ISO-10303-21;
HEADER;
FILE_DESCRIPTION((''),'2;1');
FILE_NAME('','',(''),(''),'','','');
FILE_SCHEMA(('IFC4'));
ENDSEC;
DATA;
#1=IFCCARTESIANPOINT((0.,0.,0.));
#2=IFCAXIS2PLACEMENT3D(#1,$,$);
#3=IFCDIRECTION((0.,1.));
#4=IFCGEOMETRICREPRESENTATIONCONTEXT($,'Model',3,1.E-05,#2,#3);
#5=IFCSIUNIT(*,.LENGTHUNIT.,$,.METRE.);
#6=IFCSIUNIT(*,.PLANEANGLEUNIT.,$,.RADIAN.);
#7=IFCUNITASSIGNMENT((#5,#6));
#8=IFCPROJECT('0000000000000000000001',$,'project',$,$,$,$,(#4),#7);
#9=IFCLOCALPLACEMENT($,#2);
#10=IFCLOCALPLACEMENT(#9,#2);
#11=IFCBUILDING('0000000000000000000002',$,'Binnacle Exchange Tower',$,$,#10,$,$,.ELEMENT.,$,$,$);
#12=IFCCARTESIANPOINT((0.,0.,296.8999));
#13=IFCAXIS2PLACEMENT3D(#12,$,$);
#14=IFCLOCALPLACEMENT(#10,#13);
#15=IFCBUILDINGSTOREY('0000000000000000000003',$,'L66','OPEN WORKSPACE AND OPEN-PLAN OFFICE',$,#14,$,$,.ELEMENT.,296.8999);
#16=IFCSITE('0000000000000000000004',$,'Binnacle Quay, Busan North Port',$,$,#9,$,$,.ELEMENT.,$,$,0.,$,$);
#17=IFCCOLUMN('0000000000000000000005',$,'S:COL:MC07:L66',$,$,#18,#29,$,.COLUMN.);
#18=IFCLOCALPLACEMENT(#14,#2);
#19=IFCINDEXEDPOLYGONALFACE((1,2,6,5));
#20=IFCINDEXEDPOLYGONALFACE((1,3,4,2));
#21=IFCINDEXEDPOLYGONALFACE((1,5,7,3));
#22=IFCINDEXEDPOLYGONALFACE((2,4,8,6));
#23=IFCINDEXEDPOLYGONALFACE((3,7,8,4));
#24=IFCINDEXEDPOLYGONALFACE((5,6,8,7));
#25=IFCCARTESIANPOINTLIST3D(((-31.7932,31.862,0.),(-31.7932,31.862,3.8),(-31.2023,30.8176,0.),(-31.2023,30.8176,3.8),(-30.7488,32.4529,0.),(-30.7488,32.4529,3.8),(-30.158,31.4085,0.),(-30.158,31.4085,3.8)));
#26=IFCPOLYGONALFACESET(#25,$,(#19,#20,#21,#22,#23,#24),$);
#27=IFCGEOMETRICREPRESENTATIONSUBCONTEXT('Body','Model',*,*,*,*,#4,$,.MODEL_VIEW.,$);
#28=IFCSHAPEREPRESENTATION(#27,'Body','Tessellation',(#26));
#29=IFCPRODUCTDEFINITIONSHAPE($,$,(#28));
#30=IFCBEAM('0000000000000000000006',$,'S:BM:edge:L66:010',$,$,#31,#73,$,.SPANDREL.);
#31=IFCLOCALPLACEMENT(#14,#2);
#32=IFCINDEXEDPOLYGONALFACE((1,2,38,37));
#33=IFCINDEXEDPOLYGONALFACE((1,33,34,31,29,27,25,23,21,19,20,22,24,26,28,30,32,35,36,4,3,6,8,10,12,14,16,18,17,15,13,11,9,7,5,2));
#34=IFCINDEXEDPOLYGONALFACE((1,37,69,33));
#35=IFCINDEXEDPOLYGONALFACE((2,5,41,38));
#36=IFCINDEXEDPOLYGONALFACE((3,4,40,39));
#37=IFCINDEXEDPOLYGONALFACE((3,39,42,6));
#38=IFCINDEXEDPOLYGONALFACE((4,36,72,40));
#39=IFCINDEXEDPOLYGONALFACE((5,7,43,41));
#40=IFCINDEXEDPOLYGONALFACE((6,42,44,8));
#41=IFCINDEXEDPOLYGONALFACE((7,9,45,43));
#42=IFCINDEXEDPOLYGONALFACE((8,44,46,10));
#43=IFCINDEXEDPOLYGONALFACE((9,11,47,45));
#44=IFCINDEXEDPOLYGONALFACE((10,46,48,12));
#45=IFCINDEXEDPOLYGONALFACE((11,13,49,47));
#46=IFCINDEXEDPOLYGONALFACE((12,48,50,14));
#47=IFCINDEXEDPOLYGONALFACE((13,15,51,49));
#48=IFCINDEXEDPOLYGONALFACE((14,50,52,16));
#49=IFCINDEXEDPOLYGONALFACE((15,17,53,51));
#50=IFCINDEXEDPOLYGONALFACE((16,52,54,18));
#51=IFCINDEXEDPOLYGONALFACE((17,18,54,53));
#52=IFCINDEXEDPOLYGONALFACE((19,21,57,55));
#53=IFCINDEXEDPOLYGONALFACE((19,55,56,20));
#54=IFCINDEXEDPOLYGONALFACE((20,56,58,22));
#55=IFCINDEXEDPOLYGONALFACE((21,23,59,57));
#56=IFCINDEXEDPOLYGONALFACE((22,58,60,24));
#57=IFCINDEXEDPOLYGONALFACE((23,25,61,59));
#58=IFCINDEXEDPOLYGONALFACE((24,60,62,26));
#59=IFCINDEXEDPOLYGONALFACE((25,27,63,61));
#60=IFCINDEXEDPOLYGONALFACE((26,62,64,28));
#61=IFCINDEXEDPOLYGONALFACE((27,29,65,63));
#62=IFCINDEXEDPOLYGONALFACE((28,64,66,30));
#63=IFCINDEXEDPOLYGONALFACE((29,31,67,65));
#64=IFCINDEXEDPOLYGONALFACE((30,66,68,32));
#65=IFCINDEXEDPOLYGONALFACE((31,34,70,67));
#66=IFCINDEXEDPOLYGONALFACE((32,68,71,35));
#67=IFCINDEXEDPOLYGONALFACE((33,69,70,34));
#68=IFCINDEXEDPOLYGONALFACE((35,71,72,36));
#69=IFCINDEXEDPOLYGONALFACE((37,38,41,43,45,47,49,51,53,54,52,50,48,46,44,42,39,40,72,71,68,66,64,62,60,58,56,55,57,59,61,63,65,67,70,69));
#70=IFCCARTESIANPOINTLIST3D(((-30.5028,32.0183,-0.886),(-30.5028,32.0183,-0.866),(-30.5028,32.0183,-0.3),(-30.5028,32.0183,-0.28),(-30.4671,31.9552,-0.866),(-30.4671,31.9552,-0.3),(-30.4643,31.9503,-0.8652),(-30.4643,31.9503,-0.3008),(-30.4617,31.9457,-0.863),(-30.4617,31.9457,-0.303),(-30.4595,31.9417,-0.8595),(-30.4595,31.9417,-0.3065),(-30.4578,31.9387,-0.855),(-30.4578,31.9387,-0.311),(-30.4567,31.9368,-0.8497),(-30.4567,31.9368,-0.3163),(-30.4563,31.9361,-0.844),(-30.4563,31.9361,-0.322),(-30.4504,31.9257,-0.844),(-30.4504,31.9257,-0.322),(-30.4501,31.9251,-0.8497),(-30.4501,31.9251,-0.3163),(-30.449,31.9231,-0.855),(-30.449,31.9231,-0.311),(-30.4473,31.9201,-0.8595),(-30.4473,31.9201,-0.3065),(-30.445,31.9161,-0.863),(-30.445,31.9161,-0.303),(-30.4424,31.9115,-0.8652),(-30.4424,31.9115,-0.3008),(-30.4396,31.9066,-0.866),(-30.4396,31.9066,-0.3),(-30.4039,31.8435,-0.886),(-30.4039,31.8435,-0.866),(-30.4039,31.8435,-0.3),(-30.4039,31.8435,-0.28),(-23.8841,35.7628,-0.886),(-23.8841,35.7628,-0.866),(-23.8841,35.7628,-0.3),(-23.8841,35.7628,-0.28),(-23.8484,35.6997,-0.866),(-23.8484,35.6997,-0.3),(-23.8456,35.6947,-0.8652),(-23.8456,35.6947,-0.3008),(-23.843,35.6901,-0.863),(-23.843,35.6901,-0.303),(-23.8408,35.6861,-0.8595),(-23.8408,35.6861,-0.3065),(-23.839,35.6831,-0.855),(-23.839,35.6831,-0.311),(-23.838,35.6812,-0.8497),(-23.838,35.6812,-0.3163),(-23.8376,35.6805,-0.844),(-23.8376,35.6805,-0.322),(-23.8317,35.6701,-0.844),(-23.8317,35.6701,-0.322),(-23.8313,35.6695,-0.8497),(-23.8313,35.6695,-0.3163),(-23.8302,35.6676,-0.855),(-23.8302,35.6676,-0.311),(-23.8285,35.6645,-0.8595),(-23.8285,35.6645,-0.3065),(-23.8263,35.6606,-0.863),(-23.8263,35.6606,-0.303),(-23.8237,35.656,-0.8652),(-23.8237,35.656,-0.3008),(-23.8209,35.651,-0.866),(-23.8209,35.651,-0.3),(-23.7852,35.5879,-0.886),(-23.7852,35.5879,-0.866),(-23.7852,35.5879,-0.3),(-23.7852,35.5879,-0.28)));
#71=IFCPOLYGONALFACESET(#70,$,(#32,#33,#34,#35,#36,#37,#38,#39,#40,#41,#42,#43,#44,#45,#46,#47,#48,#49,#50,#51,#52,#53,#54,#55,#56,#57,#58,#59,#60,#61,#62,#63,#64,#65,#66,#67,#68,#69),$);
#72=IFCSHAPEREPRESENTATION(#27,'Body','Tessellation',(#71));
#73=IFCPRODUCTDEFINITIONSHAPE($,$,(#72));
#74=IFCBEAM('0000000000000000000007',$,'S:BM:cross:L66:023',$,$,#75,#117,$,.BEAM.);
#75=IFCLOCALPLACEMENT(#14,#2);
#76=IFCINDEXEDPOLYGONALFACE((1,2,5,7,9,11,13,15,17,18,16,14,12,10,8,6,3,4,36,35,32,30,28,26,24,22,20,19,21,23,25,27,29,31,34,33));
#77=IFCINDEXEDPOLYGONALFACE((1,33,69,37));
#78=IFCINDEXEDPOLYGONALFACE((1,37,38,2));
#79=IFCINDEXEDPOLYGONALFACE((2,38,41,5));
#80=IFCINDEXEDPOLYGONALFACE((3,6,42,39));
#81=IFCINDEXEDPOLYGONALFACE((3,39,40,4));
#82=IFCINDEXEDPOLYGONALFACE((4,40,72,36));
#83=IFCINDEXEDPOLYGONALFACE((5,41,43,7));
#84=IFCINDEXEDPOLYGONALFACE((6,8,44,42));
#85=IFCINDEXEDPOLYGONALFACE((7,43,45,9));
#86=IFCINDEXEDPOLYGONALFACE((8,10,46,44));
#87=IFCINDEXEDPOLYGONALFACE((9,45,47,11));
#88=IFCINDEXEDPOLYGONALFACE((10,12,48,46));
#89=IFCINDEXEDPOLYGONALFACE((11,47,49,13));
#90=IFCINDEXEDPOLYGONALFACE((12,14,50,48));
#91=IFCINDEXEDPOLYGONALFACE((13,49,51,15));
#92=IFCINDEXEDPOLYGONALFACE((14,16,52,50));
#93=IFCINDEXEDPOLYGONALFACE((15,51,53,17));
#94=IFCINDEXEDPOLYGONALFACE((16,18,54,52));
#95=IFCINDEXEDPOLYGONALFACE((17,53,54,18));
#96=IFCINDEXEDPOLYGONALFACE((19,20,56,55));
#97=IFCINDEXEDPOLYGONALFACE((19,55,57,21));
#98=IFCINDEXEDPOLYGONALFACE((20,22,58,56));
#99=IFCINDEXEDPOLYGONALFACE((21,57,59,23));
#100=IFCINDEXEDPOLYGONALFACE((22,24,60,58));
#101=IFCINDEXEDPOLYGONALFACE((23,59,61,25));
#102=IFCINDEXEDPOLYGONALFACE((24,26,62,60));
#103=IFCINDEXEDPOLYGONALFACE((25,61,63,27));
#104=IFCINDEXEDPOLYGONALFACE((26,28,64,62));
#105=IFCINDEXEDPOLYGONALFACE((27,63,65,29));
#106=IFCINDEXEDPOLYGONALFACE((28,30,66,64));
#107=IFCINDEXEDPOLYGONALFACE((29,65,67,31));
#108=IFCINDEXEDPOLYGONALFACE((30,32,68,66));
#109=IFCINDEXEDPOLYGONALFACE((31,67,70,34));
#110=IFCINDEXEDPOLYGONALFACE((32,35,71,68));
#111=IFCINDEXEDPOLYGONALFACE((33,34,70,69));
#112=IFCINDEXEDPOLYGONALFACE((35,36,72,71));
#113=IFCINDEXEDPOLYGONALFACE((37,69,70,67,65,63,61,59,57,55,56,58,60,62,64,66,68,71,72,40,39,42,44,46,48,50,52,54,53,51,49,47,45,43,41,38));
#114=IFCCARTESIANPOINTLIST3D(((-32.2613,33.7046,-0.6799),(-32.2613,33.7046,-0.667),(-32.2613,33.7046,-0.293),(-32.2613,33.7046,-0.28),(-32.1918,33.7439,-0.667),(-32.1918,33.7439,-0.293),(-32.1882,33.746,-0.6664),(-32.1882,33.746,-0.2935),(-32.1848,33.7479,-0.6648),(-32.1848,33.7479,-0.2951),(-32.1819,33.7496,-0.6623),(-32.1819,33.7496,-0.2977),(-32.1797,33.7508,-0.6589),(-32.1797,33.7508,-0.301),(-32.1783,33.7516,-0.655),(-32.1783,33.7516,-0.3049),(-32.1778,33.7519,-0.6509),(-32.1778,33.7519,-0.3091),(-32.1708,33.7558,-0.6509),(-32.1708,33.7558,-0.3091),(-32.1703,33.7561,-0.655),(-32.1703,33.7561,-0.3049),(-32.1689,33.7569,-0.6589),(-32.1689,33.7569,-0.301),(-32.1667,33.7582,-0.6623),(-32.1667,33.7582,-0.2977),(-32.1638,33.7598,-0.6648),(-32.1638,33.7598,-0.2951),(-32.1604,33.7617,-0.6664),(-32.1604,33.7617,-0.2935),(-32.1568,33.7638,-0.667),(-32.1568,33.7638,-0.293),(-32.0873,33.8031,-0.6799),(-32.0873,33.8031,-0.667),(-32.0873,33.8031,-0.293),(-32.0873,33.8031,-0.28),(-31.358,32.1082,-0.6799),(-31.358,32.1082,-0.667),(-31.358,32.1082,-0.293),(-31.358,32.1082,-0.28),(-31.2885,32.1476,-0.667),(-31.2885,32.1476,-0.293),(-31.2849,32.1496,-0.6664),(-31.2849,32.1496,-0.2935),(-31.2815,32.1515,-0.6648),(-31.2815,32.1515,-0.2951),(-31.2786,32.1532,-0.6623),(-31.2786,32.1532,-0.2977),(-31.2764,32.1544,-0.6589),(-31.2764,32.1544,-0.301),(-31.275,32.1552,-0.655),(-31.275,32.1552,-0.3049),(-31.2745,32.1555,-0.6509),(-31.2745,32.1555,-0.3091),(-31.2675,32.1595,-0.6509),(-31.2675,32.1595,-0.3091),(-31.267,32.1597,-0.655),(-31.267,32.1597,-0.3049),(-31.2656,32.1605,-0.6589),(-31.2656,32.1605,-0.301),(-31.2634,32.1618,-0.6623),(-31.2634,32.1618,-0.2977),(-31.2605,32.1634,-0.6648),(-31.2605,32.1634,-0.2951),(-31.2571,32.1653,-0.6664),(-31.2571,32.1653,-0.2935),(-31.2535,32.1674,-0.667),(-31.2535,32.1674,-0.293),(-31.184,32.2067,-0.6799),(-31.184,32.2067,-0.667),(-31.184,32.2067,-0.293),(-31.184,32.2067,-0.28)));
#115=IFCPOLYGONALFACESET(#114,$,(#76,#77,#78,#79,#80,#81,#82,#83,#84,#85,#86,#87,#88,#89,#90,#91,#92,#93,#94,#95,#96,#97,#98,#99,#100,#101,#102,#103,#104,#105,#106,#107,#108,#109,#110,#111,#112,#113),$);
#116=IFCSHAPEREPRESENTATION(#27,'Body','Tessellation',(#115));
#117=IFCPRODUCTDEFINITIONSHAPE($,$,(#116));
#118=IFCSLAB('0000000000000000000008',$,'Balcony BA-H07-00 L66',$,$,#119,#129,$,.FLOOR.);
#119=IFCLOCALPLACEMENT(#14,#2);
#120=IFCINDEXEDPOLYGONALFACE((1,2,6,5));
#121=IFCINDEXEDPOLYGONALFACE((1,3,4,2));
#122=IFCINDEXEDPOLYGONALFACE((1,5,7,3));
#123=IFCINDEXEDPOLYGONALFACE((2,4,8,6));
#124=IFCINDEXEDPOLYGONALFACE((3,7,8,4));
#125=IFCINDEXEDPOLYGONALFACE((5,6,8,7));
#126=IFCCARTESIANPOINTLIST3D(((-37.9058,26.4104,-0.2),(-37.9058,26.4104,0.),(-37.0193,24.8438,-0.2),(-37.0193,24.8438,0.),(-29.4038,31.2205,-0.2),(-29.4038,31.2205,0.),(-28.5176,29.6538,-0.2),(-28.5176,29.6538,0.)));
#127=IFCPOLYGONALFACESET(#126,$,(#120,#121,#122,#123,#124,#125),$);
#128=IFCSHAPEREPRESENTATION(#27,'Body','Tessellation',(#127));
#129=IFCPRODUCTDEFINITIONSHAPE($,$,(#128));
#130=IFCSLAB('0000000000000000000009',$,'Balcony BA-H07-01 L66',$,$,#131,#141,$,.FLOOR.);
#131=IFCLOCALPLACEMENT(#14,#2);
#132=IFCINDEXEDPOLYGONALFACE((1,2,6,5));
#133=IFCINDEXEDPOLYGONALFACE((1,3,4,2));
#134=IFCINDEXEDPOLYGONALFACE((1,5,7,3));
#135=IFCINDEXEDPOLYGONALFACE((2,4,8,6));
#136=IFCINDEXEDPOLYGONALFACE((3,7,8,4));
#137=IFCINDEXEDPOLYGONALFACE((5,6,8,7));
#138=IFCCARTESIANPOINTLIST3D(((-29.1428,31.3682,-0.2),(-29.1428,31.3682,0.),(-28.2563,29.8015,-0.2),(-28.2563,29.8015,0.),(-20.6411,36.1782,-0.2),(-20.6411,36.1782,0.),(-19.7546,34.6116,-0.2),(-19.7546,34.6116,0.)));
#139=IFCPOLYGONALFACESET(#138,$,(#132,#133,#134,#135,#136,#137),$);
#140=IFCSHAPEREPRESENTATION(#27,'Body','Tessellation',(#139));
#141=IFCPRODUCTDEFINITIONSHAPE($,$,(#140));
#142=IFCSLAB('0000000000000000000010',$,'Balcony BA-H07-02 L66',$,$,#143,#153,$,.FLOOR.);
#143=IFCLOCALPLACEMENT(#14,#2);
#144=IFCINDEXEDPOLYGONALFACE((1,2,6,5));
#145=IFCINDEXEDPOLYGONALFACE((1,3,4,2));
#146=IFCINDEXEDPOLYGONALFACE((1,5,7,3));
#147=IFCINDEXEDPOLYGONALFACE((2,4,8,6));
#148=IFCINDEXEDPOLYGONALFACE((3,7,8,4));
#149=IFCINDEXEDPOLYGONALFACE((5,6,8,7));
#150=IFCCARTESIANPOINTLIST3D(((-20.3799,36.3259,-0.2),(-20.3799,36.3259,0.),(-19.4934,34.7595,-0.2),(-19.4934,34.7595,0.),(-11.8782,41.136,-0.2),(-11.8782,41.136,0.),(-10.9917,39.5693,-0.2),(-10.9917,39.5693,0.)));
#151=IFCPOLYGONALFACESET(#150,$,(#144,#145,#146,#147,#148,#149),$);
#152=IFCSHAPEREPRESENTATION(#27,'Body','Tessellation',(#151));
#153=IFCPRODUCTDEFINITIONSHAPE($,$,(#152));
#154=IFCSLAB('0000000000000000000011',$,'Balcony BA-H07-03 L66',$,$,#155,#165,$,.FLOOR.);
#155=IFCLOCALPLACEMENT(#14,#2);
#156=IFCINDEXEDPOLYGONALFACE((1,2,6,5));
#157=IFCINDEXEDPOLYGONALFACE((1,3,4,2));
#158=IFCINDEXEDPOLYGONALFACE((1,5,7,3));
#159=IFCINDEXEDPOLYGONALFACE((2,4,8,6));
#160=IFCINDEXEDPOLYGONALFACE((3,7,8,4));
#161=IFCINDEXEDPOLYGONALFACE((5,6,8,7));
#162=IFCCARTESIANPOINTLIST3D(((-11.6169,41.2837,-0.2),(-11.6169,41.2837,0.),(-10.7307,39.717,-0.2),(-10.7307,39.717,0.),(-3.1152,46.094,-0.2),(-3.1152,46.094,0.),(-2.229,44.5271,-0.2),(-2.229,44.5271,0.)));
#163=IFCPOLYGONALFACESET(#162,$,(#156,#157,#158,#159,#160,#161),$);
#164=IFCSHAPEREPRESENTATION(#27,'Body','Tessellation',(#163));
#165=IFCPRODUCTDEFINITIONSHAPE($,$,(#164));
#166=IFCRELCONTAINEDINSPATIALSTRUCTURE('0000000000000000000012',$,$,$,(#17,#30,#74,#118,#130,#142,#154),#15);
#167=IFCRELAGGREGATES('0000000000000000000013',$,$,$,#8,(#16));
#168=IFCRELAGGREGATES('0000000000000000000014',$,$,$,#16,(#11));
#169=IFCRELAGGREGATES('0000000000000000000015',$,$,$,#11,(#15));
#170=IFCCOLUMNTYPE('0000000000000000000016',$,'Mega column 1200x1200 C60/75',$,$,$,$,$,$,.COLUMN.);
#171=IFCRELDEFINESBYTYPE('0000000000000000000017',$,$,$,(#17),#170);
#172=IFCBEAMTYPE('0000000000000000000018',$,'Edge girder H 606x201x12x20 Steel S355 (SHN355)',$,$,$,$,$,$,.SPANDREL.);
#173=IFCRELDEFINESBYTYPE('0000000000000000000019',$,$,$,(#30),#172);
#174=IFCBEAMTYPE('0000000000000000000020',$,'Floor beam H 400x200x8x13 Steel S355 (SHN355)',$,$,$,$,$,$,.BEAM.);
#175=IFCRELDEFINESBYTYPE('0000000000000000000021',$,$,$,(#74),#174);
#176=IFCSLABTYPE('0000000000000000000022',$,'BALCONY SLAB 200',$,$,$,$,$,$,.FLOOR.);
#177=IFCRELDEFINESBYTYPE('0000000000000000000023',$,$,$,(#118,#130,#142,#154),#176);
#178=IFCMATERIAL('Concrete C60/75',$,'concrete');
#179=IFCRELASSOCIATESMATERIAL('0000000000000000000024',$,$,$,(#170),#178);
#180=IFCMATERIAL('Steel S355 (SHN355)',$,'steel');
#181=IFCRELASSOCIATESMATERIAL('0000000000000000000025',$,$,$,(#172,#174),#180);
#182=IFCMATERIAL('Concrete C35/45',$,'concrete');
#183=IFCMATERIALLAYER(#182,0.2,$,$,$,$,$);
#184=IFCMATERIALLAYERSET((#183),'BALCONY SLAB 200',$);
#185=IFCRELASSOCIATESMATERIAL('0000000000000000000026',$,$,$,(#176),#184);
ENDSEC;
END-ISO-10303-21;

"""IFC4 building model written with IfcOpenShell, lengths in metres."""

from ifc_helpers import new_model, si_unit, direction, frame, origin, origin_2d, place, context, subcontext, project, spatial, polyline, rectangle, i_section, outline, extrude, material, layer, layer_set, material_profile, profile_set, type_object, element, save


model = new_model("IFC4")

# Units and contexts
model_context = context("Model", 3, precision=1e-05, world=origin(), true_north=direction((0.0, 1.0)))
body_context = subcontext(model_context, "Body", "Model", "MODEL_VIEW")
ifc_project = project(units=[si_unit("LENGTHUNIT", "METRE"), si_unit("PLANEANGLEUNIT", "RADIAN")], contexts=[model_context])

# Site, building, storey
site_placement = place(None, origin())
site = spatial("IfcSite", under=ifc_project, at=site_placement, Name="Binnacle Quay, Busan North Port", CompositionType="ELEMENT", RefElevation=0.0)
building_placement = place(site_placement, origin())
building = spatial("IfcBuilding", under=site, at=building_placement, Name="Binnacle Exchange Tower", CompositionType="ELEMENT")
storey_placement = place(building_placement, frame((0.0, 0.0, 296.8999)))
storey = spatial("IfcBuildingStorey", under=building, at=storey_placement, Name="L66", Description="OPEN WORKSPACE AND OPEN-PLAN OFFICE", CompositionType="ELEMENT", Elevation=296.8999)

# Column
ifc_material_1 = material(Name="Concrete C60/75", Category="concrete")
ifc_material_profile_1 = material_profile(ifc_material_1, rectangle(XDim=1.2, YDim=1.2, at=origin_2d()), Name="Mega column 1200x1200 C60/75")
ifc_profile_set_1 = profile_set([ifc_material_profile_1], Name="Concrete C60/75")
column_type = type_object("IfcColumnType", Name="Mega column 1200x1200 C60/75", PredefinedType="COLUMN", material=ifc_profile_set_1)
column_placement = place(storey_placement, frame((-30.9756, 31.6353, 0.0), z_axis=(0.0, 0.0, 1.0), x_axis=(0.870356, 0.492424, 0.0)))
element("IfcColumn", 1, at=column_placement, inside=storey, type_object=column_type, Name="S:COL:MC07:L66", PredefinedType="COLUMN", context=body_context, shape_type="SweptSolid", body=[
    extrude(rectangle(XDim=1.2, YDim=1.2, at=origin_2d()), origin(), (0.0, 0.0, 1.0), 3.8),
])

# Beams
ifc_material_2 = material(Name="Steel S355 (SHN355)", Category="steel")
ifc_material_profile_2 = material_profile(ifc_material_2, i_section(OverallWidth=0.2009, OverallDepth=0.606, WebThickness=0.012, FlangeThickness=0.02, FilletRadius=0.022, at=origin_2d()), Name="H 606x201x12x20")
ifc_profile_set_2 = profile_set([ifc_material_profile_2], Name="Steel S355 (SHN355)")
beam_type_1 = type_object("IfcBeamType", Name="Edge girder H 606x201x12x20 Steel S355 (SHN355)", PredefinedType="SPANDREL", material=ifc_profile_set_2)
beam_1_placement = place(storey_placement, frame((-30.4534, 31.9309, -0.583), z_axis=(0.870371, 0.492397, 0.0), x_axis=(-0.492397, 0.870371, 0.0)))
element("IfcBeam", 2, at=beam_1_placement, inside=storey, type_object=beam_type_1, Name="S:BM:edge:L66:010", PredefinedType="SPANDREL", context=body_context, shape_type="SweptSolid", body=[
    extrude(i_section(OverallWidth=0.2009, OverallDepth=0.606, WebThickness=0.012, FlangeThickness=0.02, FilletRadius=0.022, at=origin_2d()), origin(), (0.0, 0.0, 1.0), 7.6045),
])
ifc_material_profile_3 = material_profile(ifc_material_2, i_section(OverallWidth=0.2, OverallDepth=0.3999, WebThickness=0.0081, FlangeThickness=0.0129, FilletRadius=0.0161, at=origin_2d()), Name="H 400x200x8x13")
ifc_profile_set_3 = profile_set([ifc_material_profile_3], Name="Steel S355 (SHN355)")
beam_type_2 = type_object("IfcBeamType", Name="Floor beam H 400x200x8x13 Steel S355 (SHN355)", PredefinedType="BEAM", material=ifc_profile_set_3)
beam_2_placement = place(storey_placement, frame((-31.271, 32.1575, -0.48), z_axis=(-0.492465, 0.870332, 0.0), x_axis=(-0.870332, -0.492465, 0.0)))
element("IfcBeam", 3, at=beam_2_placement, inside=storey, type_object=beam_type_2, Name="S:BM:cross:L66:023", PredefinedType="BEAM", context=body_context, shape_type="SweptSolid", body=[
    extrude(i_section(OverallWidth=0.2, OverallDepth=0.3999, WebThickness=0.0081, FlangeThickness=0.0129, FilletRadius=0.0161, at=origin_2d()), origin(), (0.0, 0.0, 1.0), 1.8342),
])

# Slabs
ifc_material_3 = material(Name="Concrete C35/45", Category="concrete")
ifc_layer_1 = layer(ifc_material_3, 0.2)
ifc_layer_set_1 = layer_set([ifc_layer_1], Name="BALCONY SLAB 200")
slab_type_1 = type_object("IfcSlabType", Name="BALCONY SLAB 200", PredefinedType="FLOOR", material=ifc_layer_set_1)
slab_1_placement = place(storey_placement, frame((0.0, 0.0, -0.2)))
element("IfcSlab", 4, at=slab_1_placement, inside=storey, type_object=slab_type_1, Name="Balcony BA-H07-00 L66", PredefinedType="FLOOR", context=body_context, shape_type="SweptSolid", body=[
    extrude(outline(polyline([(-37.9058, 26.4104), (-29.4038, 31.2205), (-28.5176, 29.6538), (-37.0193, 24.8438), (-37.9058, 26.4104)])), origin(), (0.0, 0.0, 1.0), 0.2),
])
slab_2_placement = place(storey_placement, frame((0.0, 0.0, -0.2)))
element("IfcSlab", 5, at=slab_2_placement, inside=storey, type_object=slab_type_1, Name="Balcony BA-H07-01 L66", PredefinedType="FLOOR", context=body_context, shape_type="SweptSolid", body=[
    extrude(outline(polyline([(-29.1428, 31.3682), (-20.6411, 36.1782), (-19.7546, 34.6116), (-28.2563, 29.8015), (-29.1428, 31.3682)])), origin(), (0.0, 0.0, 1.0), 0.2),
])
slab_3_placement = place(storey_placement, frame((0.0, 0.0, -0.2)))
element("IfcSlab", 6, at=slab_3_placement, inside=storey, type_object=slab_type_1, Name="Balcony BA-H07-02 L66", PredefinedType="FLOOR", context=body_context, shape_type="SweptSolid", body=[
    extrude(outline(polyline([(-20.3799, 36.3259), (-11.8782, 41.136), (-10.9917, 39.5693), (-19.4934, 34.7595), (-20.3799, 36.3259)])), origin(), (0.0, 0.0, 1.0), 0.2),
])
slab_4_placement = place(storey_placement, frame((0.0, 0.0, -0.2)))
element("IfcSlab", 7, at=slab_4_placement, inside=storey, type_object=slab_type_1, Name="Balcony BA-H07-03 L66", PredefinedType="FLOOR", context=body_context, shape_type="SweptSolid", body=[
    extrude(outline(polyline([(-11.6169, 41.2837), (-3.1152, 46.094), (-2.229, 44.5271), (-10.7307, 39.717), (-11.6169, 41.2837)])), origin(), (0.0, 0.0, 1.0), 0.2),
])

save(model, "model.ifc")
